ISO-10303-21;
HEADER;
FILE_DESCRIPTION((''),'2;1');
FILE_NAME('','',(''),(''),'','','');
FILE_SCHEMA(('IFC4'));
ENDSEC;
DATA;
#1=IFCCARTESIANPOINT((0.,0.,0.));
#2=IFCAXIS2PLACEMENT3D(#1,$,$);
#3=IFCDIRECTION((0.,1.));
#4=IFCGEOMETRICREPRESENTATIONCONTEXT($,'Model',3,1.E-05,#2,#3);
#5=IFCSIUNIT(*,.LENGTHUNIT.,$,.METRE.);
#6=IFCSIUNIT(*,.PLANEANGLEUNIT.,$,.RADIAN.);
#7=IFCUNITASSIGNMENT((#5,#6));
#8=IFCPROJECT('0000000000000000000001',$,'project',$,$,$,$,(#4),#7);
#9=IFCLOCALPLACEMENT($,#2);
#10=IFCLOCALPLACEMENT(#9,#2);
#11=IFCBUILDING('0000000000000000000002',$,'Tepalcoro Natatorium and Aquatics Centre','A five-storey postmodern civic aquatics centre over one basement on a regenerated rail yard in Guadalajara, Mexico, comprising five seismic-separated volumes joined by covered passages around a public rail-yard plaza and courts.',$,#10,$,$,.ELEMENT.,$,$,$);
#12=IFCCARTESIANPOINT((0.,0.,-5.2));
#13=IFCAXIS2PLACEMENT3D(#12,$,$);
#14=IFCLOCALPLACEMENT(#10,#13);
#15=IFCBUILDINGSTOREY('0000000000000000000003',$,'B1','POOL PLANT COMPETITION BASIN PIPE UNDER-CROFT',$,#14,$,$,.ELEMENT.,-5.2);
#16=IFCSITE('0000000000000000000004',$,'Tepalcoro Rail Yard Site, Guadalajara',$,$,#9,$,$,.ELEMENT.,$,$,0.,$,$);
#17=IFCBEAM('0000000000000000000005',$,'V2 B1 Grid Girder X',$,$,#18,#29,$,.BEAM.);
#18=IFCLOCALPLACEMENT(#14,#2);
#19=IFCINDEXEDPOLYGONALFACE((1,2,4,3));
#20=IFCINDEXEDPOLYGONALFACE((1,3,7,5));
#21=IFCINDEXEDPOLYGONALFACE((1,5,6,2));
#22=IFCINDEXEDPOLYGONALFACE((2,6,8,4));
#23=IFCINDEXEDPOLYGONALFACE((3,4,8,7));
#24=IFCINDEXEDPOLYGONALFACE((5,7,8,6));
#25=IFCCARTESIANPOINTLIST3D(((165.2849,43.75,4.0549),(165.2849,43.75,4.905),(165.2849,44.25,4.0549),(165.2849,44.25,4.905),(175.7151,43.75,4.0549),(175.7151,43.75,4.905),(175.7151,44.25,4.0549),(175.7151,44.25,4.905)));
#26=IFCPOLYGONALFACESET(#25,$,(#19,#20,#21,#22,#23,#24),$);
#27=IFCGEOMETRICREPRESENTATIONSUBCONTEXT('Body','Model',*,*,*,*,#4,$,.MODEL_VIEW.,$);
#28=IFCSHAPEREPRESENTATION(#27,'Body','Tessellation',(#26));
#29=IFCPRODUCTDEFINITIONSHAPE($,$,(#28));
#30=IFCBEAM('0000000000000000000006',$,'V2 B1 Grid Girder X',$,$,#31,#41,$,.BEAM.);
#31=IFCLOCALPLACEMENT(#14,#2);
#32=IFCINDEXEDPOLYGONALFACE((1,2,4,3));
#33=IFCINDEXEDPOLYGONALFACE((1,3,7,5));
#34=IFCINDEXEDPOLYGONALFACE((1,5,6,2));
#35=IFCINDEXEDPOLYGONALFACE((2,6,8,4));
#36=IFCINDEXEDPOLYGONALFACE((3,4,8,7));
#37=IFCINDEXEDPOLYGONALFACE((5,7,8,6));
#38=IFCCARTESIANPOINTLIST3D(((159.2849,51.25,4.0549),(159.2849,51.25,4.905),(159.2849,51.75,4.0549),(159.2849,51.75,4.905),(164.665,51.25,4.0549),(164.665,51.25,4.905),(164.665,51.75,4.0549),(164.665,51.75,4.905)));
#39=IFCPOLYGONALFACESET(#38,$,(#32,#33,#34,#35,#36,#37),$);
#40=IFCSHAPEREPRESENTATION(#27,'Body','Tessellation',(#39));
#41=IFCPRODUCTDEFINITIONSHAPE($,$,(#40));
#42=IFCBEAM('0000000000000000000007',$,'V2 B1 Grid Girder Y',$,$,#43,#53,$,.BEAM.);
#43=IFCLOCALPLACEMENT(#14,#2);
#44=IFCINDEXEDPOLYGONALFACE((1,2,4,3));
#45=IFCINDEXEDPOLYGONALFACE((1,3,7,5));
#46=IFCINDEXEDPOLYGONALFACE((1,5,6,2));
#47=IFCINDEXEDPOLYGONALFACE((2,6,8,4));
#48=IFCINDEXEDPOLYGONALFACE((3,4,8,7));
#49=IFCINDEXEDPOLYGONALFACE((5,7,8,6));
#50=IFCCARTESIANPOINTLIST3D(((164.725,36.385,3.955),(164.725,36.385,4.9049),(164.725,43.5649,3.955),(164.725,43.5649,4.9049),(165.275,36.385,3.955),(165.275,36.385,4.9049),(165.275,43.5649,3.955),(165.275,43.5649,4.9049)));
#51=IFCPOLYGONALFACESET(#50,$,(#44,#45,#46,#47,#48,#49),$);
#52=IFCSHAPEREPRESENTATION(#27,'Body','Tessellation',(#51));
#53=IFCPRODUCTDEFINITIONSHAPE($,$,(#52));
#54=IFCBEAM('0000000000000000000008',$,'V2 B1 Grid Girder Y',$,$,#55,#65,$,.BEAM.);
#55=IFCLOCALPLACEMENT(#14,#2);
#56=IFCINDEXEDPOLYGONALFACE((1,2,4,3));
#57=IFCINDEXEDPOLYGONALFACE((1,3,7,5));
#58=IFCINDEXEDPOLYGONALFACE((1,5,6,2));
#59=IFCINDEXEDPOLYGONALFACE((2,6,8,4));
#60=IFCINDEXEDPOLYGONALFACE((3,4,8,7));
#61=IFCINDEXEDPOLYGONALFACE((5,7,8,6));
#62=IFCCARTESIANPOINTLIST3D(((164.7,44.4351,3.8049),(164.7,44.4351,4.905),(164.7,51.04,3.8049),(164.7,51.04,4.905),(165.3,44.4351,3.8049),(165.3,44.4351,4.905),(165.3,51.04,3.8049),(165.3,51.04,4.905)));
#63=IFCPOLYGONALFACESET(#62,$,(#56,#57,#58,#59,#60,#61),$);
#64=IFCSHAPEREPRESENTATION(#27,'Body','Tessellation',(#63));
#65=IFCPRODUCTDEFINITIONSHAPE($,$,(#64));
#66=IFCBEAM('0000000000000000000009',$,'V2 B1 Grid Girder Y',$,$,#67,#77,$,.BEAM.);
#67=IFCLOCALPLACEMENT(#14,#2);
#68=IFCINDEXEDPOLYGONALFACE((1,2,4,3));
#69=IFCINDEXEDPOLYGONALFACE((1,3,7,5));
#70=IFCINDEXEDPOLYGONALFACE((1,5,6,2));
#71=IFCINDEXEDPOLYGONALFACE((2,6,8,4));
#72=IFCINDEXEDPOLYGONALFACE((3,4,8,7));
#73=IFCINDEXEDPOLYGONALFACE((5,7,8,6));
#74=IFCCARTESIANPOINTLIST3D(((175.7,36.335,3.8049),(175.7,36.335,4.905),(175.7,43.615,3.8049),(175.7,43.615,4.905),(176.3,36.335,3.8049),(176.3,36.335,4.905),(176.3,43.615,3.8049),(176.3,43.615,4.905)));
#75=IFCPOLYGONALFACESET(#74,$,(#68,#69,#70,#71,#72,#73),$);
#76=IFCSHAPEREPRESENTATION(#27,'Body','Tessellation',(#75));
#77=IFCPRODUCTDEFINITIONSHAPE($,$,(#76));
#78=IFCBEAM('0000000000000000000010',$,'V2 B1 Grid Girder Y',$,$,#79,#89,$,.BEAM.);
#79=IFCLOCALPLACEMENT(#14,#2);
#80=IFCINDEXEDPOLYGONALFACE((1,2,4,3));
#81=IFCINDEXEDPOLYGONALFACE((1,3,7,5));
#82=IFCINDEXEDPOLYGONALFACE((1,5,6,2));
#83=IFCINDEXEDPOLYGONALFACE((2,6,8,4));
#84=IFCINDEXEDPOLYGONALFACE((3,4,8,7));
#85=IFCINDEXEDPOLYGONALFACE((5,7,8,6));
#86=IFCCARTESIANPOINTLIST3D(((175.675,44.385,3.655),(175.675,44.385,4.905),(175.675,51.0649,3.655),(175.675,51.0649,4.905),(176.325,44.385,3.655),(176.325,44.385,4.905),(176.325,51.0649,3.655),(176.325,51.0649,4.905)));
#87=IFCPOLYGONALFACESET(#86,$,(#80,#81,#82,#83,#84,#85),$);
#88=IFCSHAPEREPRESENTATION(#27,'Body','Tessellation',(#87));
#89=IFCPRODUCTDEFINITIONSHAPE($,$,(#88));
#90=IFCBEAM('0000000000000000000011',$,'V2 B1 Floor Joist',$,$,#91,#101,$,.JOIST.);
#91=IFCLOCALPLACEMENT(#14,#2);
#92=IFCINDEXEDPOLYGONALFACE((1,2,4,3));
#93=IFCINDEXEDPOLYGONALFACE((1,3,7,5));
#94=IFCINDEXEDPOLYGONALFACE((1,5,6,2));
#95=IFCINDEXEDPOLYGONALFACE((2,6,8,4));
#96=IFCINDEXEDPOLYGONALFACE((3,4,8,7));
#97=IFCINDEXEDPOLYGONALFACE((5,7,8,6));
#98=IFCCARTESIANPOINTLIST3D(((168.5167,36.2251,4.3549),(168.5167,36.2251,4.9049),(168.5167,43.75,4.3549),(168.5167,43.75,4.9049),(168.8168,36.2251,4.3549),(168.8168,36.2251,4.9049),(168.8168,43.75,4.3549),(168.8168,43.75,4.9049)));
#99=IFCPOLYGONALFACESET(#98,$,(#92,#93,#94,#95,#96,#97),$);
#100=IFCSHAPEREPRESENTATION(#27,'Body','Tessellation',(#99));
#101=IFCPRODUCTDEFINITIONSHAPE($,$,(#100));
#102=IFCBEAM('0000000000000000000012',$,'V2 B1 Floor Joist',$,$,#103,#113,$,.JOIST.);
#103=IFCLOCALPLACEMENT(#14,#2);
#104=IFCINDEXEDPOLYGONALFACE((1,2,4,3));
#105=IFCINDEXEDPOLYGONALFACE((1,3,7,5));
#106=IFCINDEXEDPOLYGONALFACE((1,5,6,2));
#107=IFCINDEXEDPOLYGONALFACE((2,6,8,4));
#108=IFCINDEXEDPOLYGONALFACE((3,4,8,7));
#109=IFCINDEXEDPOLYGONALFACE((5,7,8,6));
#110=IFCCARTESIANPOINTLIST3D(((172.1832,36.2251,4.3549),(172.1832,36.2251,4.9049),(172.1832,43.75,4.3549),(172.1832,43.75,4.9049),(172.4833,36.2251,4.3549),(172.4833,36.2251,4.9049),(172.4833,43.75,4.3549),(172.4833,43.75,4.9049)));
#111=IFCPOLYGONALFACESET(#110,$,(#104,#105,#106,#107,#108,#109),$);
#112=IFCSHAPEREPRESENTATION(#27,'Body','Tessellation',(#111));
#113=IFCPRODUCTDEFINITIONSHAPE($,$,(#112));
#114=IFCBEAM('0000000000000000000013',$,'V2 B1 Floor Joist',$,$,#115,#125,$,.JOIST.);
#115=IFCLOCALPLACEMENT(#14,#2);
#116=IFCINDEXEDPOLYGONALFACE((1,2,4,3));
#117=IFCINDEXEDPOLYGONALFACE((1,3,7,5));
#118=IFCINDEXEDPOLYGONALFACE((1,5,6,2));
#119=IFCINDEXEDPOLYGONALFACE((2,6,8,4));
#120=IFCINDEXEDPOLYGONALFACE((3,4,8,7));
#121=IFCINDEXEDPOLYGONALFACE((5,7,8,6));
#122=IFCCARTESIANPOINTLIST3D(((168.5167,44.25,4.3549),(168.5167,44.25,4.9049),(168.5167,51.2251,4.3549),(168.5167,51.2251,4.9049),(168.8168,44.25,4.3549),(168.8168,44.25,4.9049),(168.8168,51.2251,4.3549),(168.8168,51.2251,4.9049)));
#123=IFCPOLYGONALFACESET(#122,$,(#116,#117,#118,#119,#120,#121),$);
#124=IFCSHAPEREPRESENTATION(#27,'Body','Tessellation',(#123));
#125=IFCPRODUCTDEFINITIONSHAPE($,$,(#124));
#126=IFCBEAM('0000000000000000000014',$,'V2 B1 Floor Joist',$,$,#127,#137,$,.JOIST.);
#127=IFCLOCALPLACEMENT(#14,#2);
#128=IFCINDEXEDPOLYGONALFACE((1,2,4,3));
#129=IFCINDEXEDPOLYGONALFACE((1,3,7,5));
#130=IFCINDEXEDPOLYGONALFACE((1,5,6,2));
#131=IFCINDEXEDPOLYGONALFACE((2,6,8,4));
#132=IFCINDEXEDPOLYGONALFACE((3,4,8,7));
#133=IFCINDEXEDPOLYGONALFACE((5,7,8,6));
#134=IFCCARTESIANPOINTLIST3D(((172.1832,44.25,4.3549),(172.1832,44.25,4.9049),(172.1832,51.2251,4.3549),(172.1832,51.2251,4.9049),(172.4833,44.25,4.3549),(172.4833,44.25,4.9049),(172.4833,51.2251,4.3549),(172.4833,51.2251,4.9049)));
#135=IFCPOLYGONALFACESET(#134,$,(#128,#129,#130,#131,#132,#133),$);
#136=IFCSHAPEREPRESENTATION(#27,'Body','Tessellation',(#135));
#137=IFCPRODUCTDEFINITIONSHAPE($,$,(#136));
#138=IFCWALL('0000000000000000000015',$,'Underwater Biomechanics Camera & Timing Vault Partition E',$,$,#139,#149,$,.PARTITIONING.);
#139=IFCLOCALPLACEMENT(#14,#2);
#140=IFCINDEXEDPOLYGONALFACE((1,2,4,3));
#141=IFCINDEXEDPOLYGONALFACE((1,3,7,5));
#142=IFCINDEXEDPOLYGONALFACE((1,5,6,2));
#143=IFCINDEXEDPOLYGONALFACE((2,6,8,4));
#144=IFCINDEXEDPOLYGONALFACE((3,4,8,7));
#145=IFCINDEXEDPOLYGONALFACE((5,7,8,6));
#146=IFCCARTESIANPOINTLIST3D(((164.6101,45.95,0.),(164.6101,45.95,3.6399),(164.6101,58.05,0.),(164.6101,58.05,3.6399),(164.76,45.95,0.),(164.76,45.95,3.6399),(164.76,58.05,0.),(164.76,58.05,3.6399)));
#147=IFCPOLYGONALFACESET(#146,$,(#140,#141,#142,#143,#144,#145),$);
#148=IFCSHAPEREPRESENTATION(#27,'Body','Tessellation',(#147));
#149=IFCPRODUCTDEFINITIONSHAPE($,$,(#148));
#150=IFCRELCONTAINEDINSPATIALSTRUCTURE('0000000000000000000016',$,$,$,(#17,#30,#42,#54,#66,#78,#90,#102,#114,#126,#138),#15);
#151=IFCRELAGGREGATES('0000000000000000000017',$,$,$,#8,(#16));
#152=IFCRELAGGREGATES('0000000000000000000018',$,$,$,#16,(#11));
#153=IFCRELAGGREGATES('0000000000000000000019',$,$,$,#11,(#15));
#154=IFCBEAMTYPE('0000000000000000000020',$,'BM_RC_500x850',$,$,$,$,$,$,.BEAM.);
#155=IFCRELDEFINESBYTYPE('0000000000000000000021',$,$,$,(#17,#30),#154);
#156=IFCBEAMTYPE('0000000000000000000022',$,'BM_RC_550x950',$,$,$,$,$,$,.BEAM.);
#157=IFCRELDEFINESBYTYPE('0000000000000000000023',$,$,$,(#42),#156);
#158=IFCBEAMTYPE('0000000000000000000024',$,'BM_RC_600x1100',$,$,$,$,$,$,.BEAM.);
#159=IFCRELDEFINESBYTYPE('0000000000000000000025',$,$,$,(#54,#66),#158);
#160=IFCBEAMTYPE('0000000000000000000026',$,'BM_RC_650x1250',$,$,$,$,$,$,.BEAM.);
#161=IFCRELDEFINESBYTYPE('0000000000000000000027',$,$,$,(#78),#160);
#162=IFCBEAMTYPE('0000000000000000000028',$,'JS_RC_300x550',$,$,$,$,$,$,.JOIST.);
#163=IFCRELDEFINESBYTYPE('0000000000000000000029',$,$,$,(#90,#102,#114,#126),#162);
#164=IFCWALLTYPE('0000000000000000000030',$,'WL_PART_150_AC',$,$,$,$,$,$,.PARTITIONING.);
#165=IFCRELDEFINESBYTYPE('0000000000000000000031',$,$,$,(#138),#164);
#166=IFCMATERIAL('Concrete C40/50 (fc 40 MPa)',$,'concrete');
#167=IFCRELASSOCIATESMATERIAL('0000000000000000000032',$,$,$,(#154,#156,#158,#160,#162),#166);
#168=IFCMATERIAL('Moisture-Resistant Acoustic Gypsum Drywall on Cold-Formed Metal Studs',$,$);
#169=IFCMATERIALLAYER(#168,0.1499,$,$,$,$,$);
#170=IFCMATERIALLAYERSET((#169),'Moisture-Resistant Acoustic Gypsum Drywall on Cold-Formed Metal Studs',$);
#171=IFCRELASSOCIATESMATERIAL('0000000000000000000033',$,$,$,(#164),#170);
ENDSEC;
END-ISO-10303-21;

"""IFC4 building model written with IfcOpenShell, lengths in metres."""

from ifc_helpers import new_model, si_unit, direction, frame, frame_2d, origin, origin_2d, place, context, subcontext, project, spatial, rectangle, extrude, material, layer, layer_set, material_profile, profile_set, type_object, element, save


model = new_model("IFC4")

# Units and contexts
model_context = context("Model", 3, precision=1e-05, world=origin(), true_north=direction((0.0, 1.0)))
body_context = subcontext(model_context, "Body", "Model", "MODEL_VIEW")
ifc_project = project(units=[si_unit("LENGTHUNIT", "METRE"), si_unit("PLANEANGLEUNIT", "RADIAN")], contexts=[model_context])

# Site, building, storey
site_placement = place(None, origin())
site = spatial("IfcSite", under=ifc_project, at=site_placement, Name="Tepalcoro Rail Yard Site, Guadalajara", CompositionType="ELEMENT", RefElevation=0.0)
building_placement = place(site_placement, origin())
building = spatial("IfcBuilding", under=site, at=building_placement, Name="Tepalcoro Natatorium and Aquatics Centre", Description="A five-storey postmodern civic aquatics centre over one basement on a regenerated rail yard in Guadalajara, Mexico, comprising five seismic-separated volumes joined by covered passages around a public rail-yard plaza and courts.", CompositionType="ELEMENT")
storey_placement = place(building_placement, frame((0.0, 0.0, -5.2)))
storey = spatial("IfcBuildingStorey", under=building, at=storey_placement, Name="B1", Description="POOL PLANT COMPETITION BASIN PIPE UNDER-CROFT", CompositionType="ELEMENT", Elevation=-5.2)

# Shared definitions
ifc_material_1 = material(Name="Concrete C40/50 (fc 40 MPa)", Category="concrete")

# Beams
ifc_material_profile_1 = material_profile(ifc_material_1, rectangle(XDim=0.5, YDim=0.8501, at=origin_2d()), Name="RCB500x850")
ifc_profile_set_1 = profile_set([ifc_material_profile_1], Name="Concrete C40/50 (fc 40 MPa)")
beam_type_1 = type_object("IfcBeamType", Name="BM_RC_500x850", PredefinedType="BEAM", material=ifc_profile_set_1)
beam_1_placement = place(storey_placement, frame((165.2849, 44.0, 4.48), z_axis=(1.0, 0.0, 0.0), x_axis=(0.0, 1.0, 0.0)))
element("IfcBeam", 1, at=beam_1_placement, inside=storey, type_object=beam_type_1, Name="V2 B1 Grid Girder X", PredefinedType="BEAM", context=body_context, shape_type="SweptSolid", body=[
    extrude(rectangle(XDim=0.5, YDim=0.8501, at=origin_2d()), origin(), (0.0, 0.0, 1.0), 10.4302),
])
beam_2_placement = place(storey_placement, frame((159.2849, 51.5, 4.48), z_axis=(1.0, 0.0, 0.0), x_axis=(0.0, 1.0, 0.0)))
element("IfcBeam", 2, at=beam_2_placement, inside=storey, type_object=beam_type_1, Name="V2 B1 Grid Girder X", PredefinedType="BEAM", context=body_context, shape_type="SweptSolid", body=[
    extrude(rectangle(XDim=0.5, YDim=0.8501, at=origin_2d()), origin(), (0.0, 0.0, 1.0), 5.3801),
])
ifc_material_profile_2 = material_profile(ifc_material_1, rectangle(XDim=0.55, YDim=0.95, at=origin_2d()), Name="RCB550x950")
ifc_profile_set_2 = profile_set([ifc_material_profile_2], Name="Concrete C40/50 (fc 40 MPa)")
beam_type_2 = type_object("IfcBeamType", Name="BM_RC_550x950", PredefinedType="BEAM", material=ifc_profile_set_2)
beam_3_placement = place(storey_placement, frame((165.0, 36.385, 4.4299), z_axis=(0.0, 1.0, 0.0), x_axis=(-1.0, 0.0, 0.0)))
element("IfcBeam", 3, at=beam_3_placement, inside=storey, type_object=beam_type_2, Name="V2 B1 Grid Girder Y", PredefinedType="BEAM", context=body_context, shape_type="SweptSolid", body=[
    extrude(rectangle(XDim=0.55, YDim=0.95, at=origin_2d()), origin(), (0.0, 0.0, 1.0), 7.1799),
])
ifc_material_profile_3 = material_profile(ifc_material_1, rectangle(XDim=0.6001, YDim=1.1001, at=origin_2d()), Name="RCB600x1100")
ifc_profile_set_3 = profile_set([ifc_material_profile_3], Name="Concrete C40/50 (fc 40 MPa)")
beam_type_3 = type_object("IfcBeamType", Name="BM_RC_600x1100", PredefinedType="BEAM", material=ifc_profile_set_3)
beam_4_placement = place(storey_placement, frame((165.0, 44.4351, 4.355), z_axis=(0.0, 1.0, 0.0), x_axis=(-1.0, 0.0, 0.0)))
element("IfcBeam", 4, at=beam_4_placement, inside=storey, type_object=beam_type_3, Name="V2 B1 Grid Girder Y", PredefinedType="BEAM", context=body_context, shape_type="SweptSolid", body=[
    extrude(rectangle(XDim=0.6001, YDim=1.1001, at=origin_2d()), origin(), (0.0, 0.0, 1.0), 6.605),
])
beam_5_placement = place(storey_placement, frame((176.0, 36.335, 4.355), z_axis=(0.0, 1.0, 0.0), x_axis=(-1.0, 0.0, 0.0)))
element("IfcBeam", 5, at=beam_5_placement, inside=storey, type_object=beam_type_3, Name="V2 B1 Grid Girder Y", PredefinedType="BEAM", context=body_context, shape_type="SweptSolid", body=[
    extrude(rectangle(XDim=0.6001, YDim=1.1001, at=origin_2d()), origin(), (0.0, 0.0, 1.0), 7.28),
])
ifc_material_profile_4 = material_profile(ifc_material_1, rectangle(XDim=0.6499, YDim=1.25, at=origin_2d()), Name="RCB650x1250")
ifc_profile_set_4 = profile_set([ifc_material_profile_4], Name="Concrete C40/50 (fc 40 MPa)")
beam_type_4 = type_object("IfcBeamType", Name="BM_RC_650x1250", PredefinedType="BEAM", material=ifc_profile_set_4)
beam_6_placement = place(storey_placement, frame((176.0, 44.385, 4.28), z_axis=(0.0, 1.0, 0.0), x_axis=(-1.0, 0.0, 0.0)))
element("IfcBeam", 6, at=beam_6_placement, inside=storey, type_object=beam_type_4, Name="V2 B1 Grid Girder Y", PredefinedType="BEAM", context=body_context, shape_type="SweptSolid", body=[
    extrude(rectangle(XDim=0.6499, YDim=1.25, at=origin_2d()), origin(), (0.0, 0.0, 1.0), 6.6799),
])
ifc_material_profile_5 = material_profile(ifc_material_1, rectangle(XDim=0.3, YDim=0.55, at=origin_2d()), Name="RCJ300x550")
ifc_profile_set_5 = profile_set([ifc_material_profile_5], Name="Concrete C40/50 (fc 40 MPa)")
beam_type_5 = type_object("IfcBeamType", Name="JS_RC_300x550", PredefinedType="JOIST", material=ifc_profile_set_5)
for number, where, z_axis, x_axis, name in (
    (7, (168.6667, 36.2251, 4.6299), (0.0, 1.0, 0.0), (-1.0, 0.0, 0.0), "V2 B1 Floor Joist"),
    (8, (172.3333, 36.2251, 4.6299), (0.0, 1.0, 0.0), (-1.0, 0.0, 0.0), "V2 B1 Floor Joist"),
):
    element("IfcBeam", number, at=place(storey_placement, frame(where, z_axis=z_axis, x_axis=x_axis)), inside=storey, type_object=beam_type_5, Name=name, PredefinedType="JOIST", context=body_context, shape_type="SweptSolid", body=[
        extrude(rectangle(XDim=0.3, YDim=0.55, at=origin_2d()), origin(), (0.0, 0.0, 1.0), 7.5249),
    ])
for number, where, z_axis, x_axis, name in (
    (9, (168.6667, 44.25, 4.6299), (0.0, 1.0, 0.0), (-1.0, 0.0, 0.0), "V2 B1 Floor Joist"),
    (10, (172.3333, 44.25, 4.6299), (0.0, 1.0, 0.0), (-1.0, 0.0, 0.0), "V2 B1 Floor Joist"),
):
    element("IfcBeam", number, at=place(storey_placement, frame(where, z_axis=z_axis, x_axis=x_axis)), inside=storey, type_object=beam_type_5, Name=name, PredefinedType="JOIST", context=body_context, shape_type="SweptSolid", body=[
        extrude(rectangle(XDim=0.3, YDim=0.55, at=origin_2d()), origin(), (0.0, 0.0, 1.0), 6.9751),
    ])

# Wall
ifc_material_2 = material(Name="Moisture-Resistant Acoustic Gypsum Drywall on Cold-Formed Metal Studs")
ifc_layer = layer(ifc_material_2, 0.1499)
ifc_layer_set = layer_set([ifc_layer], Name="Moisture-Resistant Acoustic Gypsum Drywall on Cold-Formed Metal Studs")
wall_type = type_object("IfcWallType", Name="WL_PART_150_AC", PredefinedType="PARTITIONING", material=ifc_layer_set)
wall_placement = place(storey_placement, frame((164.6851, 45.95, 0.0), z_axis=(0.0, 0.0, 1.0), x_axis=(0.0, 1.0, 0.0)))
element("IfcWall", 11, at=wall_placement, inside=storey, type_object=wall_type, Name="Underwater Biomechanics Camera & Timing Vault Partition E", PredefinedType="PARTITIONING", context=body_context, shape_type="SweptSolid", body=[
    extrude(rectangle(XDim=12.1001, YDim=0.1499, at=frame_2d((6.05, 0.0))), origin(), (0.0, 0.0, 1.0), 3.6399),
])

save(model, "model.ifc")
